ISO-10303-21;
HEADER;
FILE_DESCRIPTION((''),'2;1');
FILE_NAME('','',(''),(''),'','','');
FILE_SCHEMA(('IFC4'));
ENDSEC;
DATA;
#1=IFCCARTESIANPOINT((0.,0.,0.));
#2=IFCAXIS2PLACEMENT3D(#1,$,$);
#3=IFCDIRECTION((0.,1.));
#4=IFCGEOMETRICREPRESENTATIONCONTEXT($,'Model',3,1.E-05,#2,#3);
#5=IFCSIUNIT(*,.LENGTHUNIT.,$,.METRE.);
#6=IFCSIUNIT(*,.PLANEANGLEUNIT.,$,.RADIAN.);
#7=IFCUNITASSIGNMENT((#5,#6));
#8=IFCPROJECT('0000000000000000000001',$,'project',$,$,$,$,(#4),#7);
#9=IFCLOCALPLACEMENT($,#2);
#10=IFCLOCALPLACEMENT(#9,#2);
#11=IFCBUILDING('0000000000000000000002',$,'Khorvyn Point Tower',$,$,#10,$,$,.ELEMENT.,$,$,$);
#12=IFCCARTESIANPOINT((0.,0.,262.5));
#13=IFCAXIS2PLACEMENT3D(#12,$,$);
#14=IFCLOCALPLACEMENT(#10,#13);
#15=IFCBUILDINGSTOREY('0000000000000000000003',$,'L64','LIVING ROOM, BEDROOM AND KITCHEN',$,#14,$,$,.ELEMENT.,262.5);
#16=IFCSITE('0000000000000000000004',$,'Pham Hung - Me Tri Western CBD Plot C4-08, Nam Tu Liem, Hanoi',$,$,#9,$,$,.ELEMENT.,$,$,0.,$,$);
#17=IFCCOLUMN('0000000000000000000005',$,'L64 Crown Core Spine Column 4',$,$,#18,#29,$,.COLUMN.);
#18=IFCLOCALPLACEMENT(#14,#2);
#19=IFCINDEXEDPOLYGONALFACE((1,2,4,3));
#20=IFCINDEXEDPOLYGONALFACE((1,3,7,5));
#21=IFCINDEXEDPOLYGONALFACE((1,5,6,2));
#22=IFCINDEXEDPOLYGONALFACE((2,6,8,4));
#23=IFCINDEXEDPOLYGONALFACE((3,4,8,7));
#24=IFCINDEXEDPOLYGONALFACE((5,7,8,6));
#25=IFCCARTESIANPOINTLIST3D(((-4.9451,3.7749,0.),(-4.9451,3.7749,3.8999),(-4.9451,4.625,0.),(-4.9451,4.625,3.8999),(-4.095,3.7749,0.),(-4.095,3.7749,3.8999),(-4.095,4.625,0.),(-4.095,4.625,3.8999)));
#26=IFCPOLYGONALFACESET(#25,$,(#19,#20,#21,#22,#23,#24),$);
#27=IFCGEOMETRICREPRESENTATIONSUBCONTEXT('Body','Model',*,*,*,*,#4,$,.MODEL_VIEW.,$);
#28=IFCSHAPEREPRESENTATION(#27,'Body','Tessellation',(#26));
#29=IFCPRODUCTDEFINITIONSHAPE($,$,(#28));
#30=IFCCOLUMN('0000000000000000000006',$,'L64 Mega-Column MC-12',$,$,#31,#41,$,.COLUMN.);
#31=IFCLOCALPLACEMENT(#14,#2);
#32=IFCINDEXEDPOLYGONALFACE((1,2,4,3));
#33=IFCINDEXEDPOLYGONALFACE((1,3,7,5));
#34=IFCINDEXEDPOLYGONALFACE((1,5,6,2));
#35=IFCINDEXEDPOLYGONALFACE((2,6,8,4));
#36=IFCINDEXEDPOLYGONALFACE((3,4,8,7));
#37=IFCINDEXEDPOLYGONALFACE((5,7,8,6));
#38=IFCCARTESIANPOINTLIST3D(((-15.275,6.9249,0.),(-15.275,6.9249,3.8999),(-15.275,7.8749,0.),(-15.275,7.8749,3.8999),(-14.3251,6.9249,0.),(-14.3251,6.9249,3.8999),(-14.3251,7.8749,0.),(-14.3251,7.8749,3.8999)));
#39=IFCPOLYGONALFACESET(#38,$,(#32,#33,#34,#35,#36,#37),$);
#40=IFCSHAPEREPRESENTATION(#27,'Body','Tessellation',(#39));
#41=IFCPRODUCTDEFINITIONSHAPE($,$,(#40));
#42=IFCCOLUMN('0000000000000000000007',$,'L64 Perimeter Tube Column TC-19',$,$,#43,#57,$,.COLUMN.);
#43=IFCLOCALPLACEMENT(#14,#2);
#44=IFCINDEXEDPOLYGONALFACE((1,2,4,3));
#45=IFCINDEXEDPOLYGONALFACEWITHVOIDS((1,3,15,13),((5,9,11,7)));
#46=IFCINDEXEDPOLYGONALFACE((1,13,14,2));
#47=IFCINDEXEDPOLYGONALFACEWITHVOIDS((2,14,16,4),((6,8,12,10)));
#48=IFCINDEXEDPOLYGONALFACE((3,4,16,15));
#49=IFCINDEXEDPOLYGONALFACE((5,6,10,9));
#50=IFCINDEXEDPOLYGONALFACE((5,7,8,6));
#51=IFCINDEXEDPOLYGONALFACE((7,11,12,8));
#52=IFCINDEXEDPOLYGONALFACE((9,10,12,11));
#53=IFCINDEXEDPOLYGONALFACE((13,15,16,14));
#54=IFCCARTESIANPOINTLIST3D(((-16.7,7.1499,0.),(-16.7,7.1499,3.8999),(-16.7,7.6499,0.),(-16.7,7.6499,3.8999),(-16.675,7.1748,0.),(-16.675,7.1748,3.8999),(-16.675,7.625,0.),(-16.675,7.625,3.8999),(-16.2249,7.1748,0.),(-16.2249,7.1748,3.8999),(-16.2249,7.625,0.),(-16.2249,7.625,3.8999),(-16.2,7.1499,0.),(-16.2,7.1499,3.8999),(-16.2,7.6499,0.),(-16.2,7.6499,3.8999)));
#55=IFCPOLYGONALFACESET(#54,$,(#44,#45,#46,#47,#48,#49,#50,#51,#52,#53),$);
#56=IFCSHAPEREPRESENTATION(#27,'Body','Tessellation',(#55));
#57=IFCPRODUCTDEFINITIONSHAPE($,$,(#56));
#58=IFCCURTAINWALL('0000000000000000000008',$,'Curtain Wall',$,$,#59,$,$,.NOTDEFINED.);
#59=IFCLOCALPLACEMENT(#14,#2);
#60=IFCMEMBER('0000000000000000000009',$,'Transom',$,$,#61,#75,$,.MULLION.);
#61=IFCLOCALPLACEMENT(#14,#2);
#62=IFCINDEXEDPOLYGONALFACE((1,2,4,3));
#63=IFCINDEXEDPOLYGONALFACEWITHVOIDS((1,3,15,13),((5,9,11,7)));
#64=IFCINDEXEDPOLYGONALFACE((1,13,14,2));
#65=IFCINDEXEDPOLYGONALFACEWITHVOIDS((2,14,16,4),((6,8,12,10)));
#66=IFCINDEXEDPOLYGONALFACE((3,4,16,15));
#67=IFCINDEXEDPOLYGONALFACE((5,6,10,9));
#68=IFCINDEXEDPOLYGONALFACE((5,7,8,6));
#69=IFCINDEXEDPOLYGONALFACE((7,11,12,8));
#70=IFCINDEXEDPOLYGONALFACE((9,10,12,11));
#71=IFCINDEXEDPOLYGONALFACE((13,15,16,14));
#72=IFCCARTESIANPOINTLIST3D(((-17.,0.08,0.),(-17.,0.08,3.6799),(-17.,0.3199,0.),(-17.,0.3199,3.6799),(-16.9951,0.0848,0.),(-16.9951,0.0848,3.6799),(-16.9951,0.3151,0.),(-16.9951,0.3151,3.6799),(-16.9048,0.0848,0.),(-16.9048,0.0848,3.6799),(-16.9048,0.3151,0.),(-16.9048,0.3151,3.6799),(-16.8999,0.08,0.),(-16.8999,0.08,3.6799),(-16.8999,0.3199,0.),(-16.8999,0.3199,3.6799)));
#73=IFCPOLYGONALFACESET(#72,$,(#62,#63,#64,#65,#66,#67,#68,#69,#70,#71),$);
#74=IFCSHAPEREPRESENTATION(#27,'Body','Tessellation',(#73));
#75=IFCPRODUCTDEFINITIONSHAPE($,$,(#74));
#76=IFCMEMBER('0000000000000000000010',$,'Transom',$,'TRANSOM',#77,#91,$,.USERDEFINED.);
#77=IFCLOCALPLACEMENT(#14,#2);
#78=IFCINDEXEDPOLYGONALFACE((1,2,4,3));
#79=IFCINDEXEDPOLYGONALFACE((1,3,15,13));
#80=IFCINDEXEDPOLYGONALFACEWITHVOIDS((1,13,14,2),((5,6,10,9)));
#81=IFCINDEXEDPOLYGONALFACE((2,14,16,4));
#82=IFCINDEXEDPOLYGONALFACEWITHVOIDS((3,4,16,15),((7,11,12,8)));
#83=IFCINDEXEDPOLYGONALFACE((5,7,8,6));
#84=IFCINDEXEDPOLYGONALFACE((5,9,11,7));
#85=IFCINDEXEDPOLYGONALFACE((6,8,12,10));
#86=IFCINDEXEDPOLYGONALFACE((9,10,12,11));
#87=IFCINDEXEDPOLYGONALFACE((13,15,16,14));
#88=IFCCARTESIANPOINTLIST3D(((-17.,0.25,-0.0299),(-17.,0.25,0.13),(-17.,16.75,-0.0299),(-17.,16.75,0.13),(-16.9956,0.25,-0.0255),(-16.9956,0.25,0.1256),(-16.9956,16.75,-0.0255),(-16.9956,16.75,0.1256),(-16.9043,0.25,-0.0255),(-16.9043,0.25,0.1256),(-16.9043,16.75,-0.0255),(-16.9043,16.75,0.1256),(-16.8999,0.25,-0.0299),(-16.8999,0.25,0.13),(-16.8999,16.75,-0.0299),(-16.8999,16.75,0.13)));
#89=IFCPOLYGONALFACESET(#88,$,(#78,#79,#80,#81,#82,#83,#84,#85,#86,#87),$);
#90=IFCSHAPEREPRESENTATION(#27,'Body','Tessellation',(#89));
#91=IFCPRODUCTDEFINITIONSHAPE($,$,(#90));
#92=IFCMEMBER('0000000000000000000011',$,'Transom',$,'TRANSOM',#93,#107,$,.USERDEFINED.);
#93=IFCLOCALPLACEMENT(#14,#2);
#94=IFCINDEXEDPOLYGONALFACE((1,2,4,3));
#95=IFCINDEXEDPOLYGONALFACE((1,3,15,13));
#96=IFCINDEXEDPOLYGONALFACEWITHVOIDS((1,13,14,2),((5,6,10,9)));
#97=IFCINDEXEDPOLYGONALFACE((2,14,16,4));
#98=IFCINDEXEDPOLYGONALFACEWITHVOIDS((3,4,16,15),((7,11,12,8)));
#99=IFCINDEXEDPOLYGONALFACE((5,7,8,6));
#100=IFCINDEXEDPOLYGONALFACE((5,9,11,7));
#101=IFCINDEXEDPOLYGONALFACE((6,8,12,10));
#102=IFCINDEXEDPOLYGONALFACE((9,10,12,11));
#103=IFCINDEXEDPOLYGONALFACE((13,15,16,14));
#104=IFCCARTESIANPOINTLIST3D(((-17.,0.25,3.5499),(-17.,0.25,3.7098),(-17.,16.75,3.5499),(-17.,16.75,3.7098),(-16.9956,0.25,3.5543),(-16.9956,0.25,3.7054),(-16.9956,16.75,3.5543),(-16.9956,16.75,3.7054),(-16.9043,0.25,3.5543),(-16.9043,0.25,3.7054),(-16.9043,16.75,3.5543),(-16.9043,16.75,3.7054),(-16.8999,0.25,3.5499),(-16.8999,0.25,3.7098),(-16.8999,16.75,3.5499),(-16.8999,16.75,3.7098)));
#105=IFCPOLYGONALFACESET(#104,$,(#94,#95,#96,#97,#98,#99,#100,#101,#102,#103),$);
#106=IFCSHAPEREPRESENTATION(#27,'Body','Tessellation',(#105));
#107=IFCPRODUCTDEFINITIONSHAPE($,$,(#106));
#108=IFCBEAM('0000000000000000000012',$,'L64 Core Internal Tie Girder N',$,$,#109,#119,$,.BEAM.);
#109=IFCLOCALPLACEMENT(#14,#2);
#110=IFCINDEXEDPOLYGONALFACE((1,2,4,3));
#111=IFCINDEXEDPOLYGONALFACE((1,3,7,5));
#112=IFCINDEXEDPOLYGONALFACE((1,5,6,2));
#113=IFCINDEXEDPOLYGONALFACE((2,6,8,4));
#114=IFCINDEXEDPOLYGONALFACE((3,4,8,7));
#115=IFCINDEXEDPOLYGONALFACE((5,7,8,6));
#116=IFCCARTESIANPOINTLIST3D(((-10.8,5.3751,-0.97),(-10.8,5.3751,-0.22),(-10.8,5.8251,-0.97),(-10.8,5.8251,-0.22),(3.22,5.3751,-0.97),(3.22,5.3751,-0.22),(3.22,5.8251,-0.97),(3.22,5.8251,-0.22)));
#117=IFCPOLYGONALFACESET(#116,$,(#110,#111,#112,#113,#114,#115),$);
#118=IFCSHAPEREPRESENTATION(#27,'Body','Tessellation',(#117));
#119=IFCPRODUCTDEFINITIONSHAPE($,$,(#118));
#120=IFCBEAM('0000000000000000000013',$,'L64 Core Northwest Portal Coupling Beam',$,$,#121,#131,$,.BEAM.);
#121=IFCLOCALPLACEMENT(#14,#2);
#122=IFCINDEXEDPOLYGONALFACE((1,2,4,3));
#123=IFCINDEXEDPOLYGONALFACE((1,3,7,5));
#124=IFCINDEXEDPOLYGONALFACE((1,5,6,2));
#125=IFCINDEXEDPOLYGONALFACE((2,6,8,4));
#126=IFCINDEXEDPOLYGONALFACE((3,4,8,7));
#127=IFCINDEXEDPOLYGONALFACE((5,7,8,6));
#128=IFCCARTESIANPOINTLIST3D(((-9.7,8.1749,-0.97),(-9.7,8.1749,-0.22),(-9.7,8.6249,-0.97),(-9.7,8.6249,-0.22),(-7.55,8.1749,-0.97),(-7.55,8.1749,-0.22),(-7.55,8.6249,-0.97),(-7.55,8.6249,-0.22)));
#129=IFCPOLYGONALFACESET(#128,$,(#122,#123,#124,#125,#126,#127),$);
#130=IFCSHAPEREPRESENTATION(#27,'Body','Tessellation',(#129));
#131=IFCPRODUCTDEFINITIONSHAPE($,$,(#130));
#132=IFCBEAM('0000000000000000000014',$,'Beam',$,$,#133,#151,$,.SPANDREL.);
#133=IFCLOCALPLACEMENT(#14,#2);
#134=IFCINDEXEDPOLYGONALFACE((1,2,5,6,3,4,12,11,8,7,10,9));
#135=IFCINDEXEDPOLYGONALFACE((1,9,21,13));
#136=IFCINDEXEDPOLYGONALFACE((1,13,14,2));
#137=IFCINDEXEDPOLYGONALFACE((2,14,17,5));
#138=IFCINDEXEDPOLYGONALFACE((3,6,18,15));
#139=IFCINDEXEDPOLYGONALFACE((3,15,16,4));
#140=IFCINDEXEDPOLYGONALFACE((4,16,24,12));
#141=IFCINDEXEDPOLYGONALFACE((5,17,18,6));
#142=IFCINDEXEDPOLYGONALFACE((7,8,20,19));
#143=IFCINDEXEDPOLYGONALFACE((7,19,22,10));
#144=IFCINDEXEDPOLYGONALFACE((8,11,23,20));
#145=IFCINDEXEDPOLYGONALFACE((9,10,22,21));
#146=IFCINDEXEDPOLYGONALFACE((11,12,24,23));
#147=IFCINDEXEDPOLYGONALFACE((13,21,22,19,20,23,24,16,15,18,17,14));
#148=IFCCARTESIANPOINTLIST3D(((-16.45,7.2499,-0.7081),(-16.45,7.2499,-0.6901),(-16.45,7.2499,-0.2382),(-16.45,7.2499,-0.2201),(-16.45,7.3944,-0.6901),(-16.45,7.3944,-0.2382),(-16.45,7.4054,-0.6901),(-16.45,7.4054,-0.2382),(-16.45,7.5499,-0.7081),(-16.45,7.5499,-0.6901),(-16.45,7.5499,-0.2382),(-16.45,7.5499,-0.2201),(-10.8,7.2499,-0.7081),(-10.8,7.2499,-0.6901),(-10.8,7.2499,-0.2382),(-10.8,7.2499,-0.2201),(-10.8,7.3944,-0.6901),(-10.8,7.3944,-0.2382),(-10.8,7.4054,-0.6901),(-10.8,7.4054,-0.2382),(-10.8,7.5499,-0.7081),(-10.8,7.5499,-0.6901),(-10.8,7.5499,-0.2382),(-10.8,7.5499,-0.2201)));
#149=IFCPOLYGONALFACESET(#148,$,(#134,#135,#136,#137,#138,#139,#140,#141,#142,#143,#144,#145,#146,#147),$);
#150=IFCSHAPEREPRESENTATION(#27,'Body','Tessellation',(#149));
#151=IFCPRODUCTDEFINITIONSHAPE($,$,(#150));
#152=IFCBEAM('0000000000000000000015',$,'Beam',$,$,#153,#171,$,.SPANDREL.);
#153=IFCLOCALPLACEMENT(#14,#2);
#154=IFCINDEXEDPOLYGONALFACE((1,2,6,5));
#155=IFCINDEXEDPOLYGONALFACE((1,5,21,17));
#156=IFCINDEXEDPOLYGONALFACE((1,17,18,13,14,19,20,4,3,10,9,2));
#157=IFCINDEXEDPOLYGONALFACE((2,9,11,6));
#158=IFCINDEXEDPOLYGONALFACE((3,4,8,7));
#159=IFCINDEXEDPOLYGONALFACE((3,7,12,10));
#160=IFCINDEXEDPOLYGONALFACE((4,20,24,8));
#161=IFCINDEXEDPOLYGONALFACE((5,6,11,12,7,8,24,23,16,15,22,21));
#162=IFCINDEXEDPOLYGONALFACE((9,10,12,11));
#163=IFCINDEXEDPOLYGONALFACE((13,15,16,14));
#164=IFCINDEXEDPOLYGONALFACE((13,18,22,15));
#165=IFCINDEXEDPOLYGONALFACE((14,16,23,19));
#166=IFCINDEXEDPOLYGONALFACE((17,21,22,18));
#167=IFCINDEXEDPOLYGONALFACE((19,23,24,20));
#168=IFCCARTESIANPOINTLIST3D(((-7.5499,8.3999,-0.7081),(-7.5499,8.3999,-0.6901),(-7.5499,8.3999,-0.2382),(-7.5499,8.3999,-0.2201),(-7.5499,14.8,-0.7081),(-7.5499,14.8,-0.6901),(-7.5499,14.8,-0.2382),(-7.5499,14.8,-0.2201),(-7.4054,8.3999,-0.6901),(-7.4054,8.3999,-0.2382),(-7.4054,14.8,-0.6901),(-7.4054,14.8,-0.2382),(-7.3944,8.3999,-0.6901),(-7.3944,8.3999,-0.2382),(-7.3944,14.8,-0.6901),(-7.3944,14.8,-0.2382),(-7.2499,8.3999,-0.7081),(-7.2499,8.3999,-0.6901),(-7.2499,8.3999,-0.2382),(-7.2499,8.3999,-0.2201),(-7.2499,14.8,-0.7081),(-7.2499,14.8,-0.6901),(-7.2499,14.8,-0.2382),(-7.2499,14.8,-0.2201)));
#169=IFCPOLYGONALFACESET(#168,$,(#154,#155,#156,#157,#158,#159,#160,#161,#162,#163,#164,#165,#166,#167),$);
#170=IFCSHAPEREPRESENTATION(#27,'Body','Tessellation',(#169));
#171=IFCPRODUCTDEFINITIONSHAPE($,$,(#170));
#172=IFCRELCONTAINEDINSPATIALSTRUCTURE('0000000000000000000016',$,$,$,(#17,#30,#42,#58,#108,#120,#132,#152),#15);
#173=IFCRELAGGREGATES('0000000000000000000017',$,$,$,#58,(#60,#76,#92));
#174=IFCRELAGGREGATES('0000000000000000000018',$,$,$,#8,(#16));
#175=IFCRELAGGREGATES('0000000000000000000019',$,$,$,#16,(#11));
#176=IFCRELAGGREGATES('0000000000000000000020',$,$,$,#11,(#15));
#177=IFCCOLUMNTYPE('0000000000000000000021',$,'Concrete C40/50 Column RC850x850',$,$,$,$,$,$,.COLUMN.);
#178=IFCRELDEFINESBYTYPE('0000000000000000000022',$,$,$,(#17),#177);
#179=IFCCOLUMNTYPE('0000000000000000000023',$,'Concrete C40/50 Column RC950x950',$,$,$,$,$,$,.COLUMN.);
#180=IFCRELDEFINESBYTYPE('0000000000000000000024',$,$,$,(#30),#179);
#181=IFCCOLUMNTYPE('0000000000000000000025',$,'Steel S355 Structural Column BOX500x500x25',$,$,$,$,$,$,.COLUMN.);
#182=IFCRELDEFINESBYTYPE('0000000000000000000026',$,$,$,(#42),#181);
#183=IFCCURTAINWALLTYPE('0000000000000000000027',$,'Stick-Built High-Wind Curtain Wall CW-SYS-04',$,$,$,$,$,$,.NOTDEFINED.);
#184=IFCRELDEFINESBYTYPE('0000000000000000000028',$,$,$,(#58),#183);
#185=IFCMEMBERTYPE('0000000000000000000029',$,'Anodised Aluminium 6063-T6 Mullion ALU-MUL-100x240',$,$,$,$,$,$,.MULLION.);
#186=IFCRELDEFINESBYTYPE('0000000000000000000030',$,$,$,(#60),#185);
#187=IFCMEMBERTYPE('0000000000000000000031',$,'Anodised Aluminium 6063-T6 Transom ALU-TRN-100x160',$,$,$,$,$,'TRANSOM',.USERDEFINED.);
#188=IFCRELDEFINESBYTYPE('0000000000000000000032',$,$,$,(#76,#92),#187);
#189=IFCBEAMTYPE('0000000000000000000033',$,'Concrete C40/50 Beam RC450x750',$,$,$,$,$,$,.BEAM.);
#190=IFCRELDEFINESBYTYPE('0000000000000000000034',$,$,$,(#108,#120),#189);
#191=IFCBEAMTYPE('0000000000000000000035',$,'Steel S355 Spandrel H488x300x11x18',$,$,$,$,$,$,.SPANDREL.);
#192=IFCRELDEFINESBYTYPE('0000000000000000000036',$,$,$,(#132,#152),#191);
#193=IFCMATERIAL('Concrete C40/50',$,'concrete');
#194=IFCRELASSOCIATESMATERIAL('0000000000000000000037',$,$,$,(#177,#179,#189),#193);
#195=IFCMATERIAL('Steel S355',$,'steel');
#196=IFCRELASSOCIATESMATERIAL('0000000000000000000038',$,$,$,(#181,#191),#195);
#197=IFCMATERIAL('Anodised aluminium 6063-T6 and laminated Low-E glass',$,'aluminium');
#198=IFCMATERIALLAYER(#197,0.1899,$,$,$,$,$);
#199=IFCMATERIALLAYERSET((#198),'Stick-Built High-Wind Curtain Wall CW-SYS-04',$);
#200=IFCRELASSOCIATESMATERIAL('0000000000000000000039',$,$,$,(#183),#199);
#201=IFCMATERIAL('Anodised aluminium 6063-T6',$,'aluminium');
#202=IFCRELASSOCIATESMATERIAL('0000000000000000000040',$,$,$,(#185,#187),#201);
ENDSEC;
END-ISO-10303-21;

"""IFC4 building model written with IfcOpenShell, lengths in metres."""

from ifc_helpers import new_model, si_unit, direction, frame, origin, origin_2d, place, context, subcontext, project, spatial, rectangle, hollow_rectangle, i_section, extrude, material, layer, layer_set, material_profile, profile_set, type_object, element, aggregate, save


model = new_model("IFC4")

# Units and contexts
model_context = context("Model", 3, precision=1e-05, world=origin(), true_north=direction((0.0, 1.0)))
body_context = subcontext(model_context, "Body", "Model", "MODEL_VIEW")
ifc_project = project(units=[si_unit("LENGTHUNIT", "METRE"), si_unit("PLANEANGLEUNIT", "RADIAN")], contexts=[model_context])

# Site, building, storey
site_placement = place(None, origin())
site = spatial("IfcSite", under=ifc_project, at=site_placement, Name="Pham Hung - Me Tri Western CBD Plot C4-08, Nam Tu Liem, Hanoi", CompositionType="ELEMENT", RefElevation=0.0)
building_placement = place(site_placement, origin())
building = spatial("IfcBuilding", under=site, at=building_placement, Name="Khorvyn Point Tower", CompositionType="ELEMENT")
storey_placement = place(building_placement, frame((0.0, 0.0, 262.5)))
storey = spatial("IfcBuildingStorey", under=building, at=storey_placement, Name="L64", Description="LIVING ROOM, BEDROOM AND KITCHEN", CompositionType="ELEMENT", Elevation=262.5)

# Columns
ifc_material_1 = material(Name="Concrete C40/50", Category="concrete")
ifc_material_profile_1 = material_profile(ifc_material_1, rectangle(XDim=0.8501, YDim=0.8501, at=origin_2d()))
ifc_profile_set_1 = profile_set([ifc_material_profile_1], Name="Concrete C40/50 RC850x850")
column_type_1 = type_object("IfcColumnType", Name="Concrete C40/50 Column RC850x850", PredefinedType="COLUMN", material=ifc_profile_set_1)
column_1_placement = place(storey_placement, frame((-4.52, 4.2, 0.0), z_axis=(0.0, 0.0, 1.0), x_axis=(1.0, 0.0, 0.0)))
element("IfcColumn", 1, at=column_1_placement, inside=storey, type_object=column_type_1, Name="L64 Crown Core Spine Column 4", PredefinedType="COLUMN", context=body_context, shape_type="SweptSolid", body=[
    extrude(rectangle(XDim=0.8501, YDim=0.8501, at=origin_2d()), origin(), (0.0, 0.0, 1.0), 3.8999),
])
ifc_material_profile_2 = material_profile(ifc_material_1, rectangle(XDim=0.95, YDim=0.95, at=origin_2d()))
ifc_profile_set_2 = profile_set([ifc_material_profile_2], Name="Concrete C40/50 RC950x950")
column_type_2 = type_object("IfcColumnType", Name="Concrete C40/50 Column RC950x950", PredefinedType="COLUMN", material=ifc_profile_set_2)
column_2_placement = place(storey_placement, frame((-14.8, 7.3999, 0.0), z_axis=(0.0, 0.0, 1.0), x_axis=(1.0, 0.0, 0.0)))
element("IfcColumn", 2, at=column_2_placement, inside=storey, type_object=column_type_2, Name="L64 Mega-Column MC-12", PredefinedType="COLUMN", context=body_context, shape_type="SweptSolid", body=[
    extrude(rectangle(XDim=0.95, YDim=0.95, at=origin_2d()), origin(), (0.0, 0.0, 1.0), 3.8999),
])
ifc_material_2 = material(Name="Steel S355", Category="steel")
ifc_material_profile_3 = material_profile(ifc_material_2, hollow_rectangle(XDim=0.5, YDim=0.5, WallThickness=0.0249, at=origin_2d()))
ifc_profile_set_3 = profile_set([ifc_material_profile_3], Name="Steel S355 BOX500x500x25")
column_type_3 = type_object("IfcColumnType", Name="Steel S355 Structural Column BOX500x500x25", PredefinedType="COLUMN", material=ifc_profile_set_3)
column_3_placement = place(storey_placement, frame((-16.45, 7.3999, 0.0), z_axis=(0.0, 0.0, 1.0), x_axis=(1.0, 0.0, 0.0)))
element("IfcColumn", 3, at=column_3_placement, inside=storey, type_object=column_type_3, Name="L64 Perimeter Tube Column TC-19", PredefinedType="COLUMN", context=body_context, shape_type="SweptSolid", body=[
    extrude(hollow_rectangle(XDim=0.5, YDim=0.5, WallThickness=0.0249, at=origin_2d()), origin(), (0.0, 0.0, 1.0), 3.8999),
])

# Curtain wall, members
ifc_material_3 = material(Name="Anodised aluminium 6063-T6 and laminated Low-E glass", Category="aluminium")
ifc_layer_1 = layer(ifc_material_3, 0.1899)
ifc_layer_set_1 = layer_set([ifc_layer_1], Name="Stick-Built High-Wind Curtain Wall CW-SYS-04")
curtain_wall_type = type_object("IfcCurtainWallType", Name="Stick-Built High-Wind Curtain Wall CW-SYS-04", PredefinedType="NOTDEFINED", material=ifc_layer_set_1)
curtain_wall_placement = place(storey_placement, origin())
curtain_wall = element("IfcCurtainWall", 4, at=curtain_wall_placement, inside=storey, type_object=curtain_wall_type, Name="Curtain Wall", PredefinedType="NOTDEFINED")
ifc_material_4 = material(Name="Anodised aluminium 6063-T6", Category="aluminium")
ifc_material_profile_4 = material_profile(ifc_material_4, hollow_rectangle(XDim=0.1001, YDim=0.24, WallThickness=0.0049, at=origin_2d()))
ifc_profile_set_4 = profile_set([ifc_material_profile_4], Name="Anodised aluminium 6063-T6 ALU-MUL-100x240")
member_type_1 = type_object("IfcMemberType", Name="Anodised Aluminium 6063-T6 Mullion ALU-MUL-100x240", PredefinedType="MULLION", material=ifc_profile_set_4)
member_1_placement = place(storey_placement, frame((-16.95, 0.2, 0.0), z_axis=(0.0, 0.0, 1.0), x_axis=(-1.0, 0.0, 0.0)))
member_1 = element("IfcMember", 5, at=member_1_placement, type_object=member_type_1, Name="Transom", PredefinedType="MULLION", context=body_context, shape_type="SweptSolid", body=[
    extrude(hollow_rectangle(XDim=0.1001, YDim=0.24, WallThickness=0.0049, at=origin_2d()), origin(), (0.0, 0.0, 1.0), 3.6799),
])
ifc_material_profile_5 = material_profile(ifc_material_4, hollow_rectangle(XDim=0.1001, YDim=0.1599, WallThickness=0.0044, at=origin_2d()))
ifc_profile_set_5 = profile_set([ifc_material_profile_5], Name="Anodised aluminium 6063-T6 ALU-TRN-100x160")
member_type_2 = type_object("IfcMemberType", Name="Anodised Aluminium 6063-T6 Transom ALU-TRN-100x160", ElementType="TRANSOM", PredefinedType="USERDEFINED", material=ifc_profile_set_5)
member_2_placement = place(storey_placement, frame((-16.95, 0.25, 0.05), z_axis=(0.0, 1.0, 0.0), x_axis=(-1.0, 0.0, 0.0)))
member_2 = element("IfcMember", 6, at=member_2_placement, type_object=member_type_2, Name="Transom", ObjectType="TRANSOM", PredefinedType="USERDEFINED", context=body_context, shape_type="SweptSolid", body=[
    extrude(hollow_rectangle(XDim=0.1001, YDim=0.1599, WallThickness=0.0044, at=origin_2d()), origin(), (0.0, 0.0, 1.0), 16.5),
])
member_3_placement = place(storey_placement, frame((-16.95, 0.25, 3.6299), z_axis=(0.0, 1.0, 0.0), x_axis=(-1.0, 0.0, 0.0)))
member_3 = element("IfcMember", 7, at=member_3_placement, type_object=member_type_2, Name="Transom", ObjectType="TRANSOM", PredefinedType="USERDEFINED", context=body_context, shape_type="SweptSolid", body=[
    extrude(hollow_rectangle(XDim=0.1001, YDim=0.1599, WallThickness=0.0044, at=origin_2d()), origin(), (0.0, 0.0, 1.0), 16.5),
])

# Beams
ifc_material_profile_6 = material_profile(ifc_material_1, rectangle(XDim=0.45, YDim=0.75, at=origin_2d()))
ifc_profile_set_6 = profile_set([ifc_material_profile_6], Name="Concrete C40/50 RC450x750")
beam_type_1 = type_object("IfcBeamType", Name="Concrete C40/50 Beam RC450x750", PredefinedType="BEAM", material=ifc_profile_set_6)
beam_1_placement = place(storey_placement, frame((-10.8, 5.6001, -0.595), z_axis=(1.0, 0.0, 0.0), x_axis=(0.0, 1.0, 0.0)))
element("IfcBeam", 8, at=beam_1_placement, inside=storey, type_object=beam_type_1, Name="L64 Core Internal Tie Girder N", PredefinedType="BEAM", context=body_context, shape_type="SweptSolid", body=[
    extrude(rectangle(XDim=0.45, YDim=0.75, at=origin_2d()), origin(), (0.0, 0.0, 1.0), 14.02),
])
beam_2_placement = place(storey_placement, frame((-9.7, 8.3999, -0.595), z_axis=(1.0, 0.0, 0.0), x_axis=(0.0, 1.0, 0.0)))
element("IfcBeam", 9, at=beam_2_placement, inside=storey, type_object=beam_type_1, Name="L64 Core Northwest Portal Coupling Beam", PredefinedType="BEAM", context=body_context, shape_type="SweptSolid", body=[
    extrude(rectangle(XDim=0.45, YDim=0.75, at=origin_2d()), origin(), (0.0, 0.0, 1.0), 2.1499),
])
ifc_material_profile_7 = material_profile(ifc_material_2, i_section(OverallWidth=0.3, OverallDepth=0.488, WebThickness=0.011, FlangeThickness=0.0181, at=origin_2d()))
ifc_profile_set_7 = profile_set([ifc_material_profile_7], Name="Steel S355 H488x300x11x18")
beam_type_2 = type_object("IfcBeamType", Name="Steel S355 Spandrel H488x300x11x18", PredefinedType="SPANDREL", material=ifc_profile_set_7)
beam_3_placement = place(storey_placement, frame((-16.45, 7.3999, -0.4641), z_axis=(1.0, 0.0, 0.0), x_axis=(0.0, 1.0, 0.0)))
element("IfcBeam", 10, at=beam_3_placement, inside=storey, type_object=beam_type_2, Name="Beam", PredefinedType="SPANDREL", context=body_context, shape_type="SweptSolid", body=[
    extrude(i_section(OverallWidth=0.3, OverallDepth=0.488, WebThickness=0.011, FlangeThickness=0.0181, at=origin_2d()), origin(), (0.0, 0.0, 1.0), 5.6499),
])
beam_4_placement = place(storey_placement, frame((-7.3999, 8.3999, -0.4641), z_axis=(0.0, 1.0, 0.0), x_axis=(-1.0, 0.0, 0.0)))
element("IfcBeam", 11, at=beam_4_placement, inside=storey, type_object=beam_type_2, Name="Beam", PredefinedType="SPANDREL", context=body_context, shape_type="SweptSolid", body=[
    extrude(i_section(OverallWidth=0.3, OverallDepth=0.488, WebThickness=0.011, FlangeThickness=0.0181, at=origin_2d()), origin(), (0.0, 0.0, 1.0), 6.4001),
])

aggregate(curtain_wall, [member_1, member_2, member_3])

save(model, "model.ifc")
